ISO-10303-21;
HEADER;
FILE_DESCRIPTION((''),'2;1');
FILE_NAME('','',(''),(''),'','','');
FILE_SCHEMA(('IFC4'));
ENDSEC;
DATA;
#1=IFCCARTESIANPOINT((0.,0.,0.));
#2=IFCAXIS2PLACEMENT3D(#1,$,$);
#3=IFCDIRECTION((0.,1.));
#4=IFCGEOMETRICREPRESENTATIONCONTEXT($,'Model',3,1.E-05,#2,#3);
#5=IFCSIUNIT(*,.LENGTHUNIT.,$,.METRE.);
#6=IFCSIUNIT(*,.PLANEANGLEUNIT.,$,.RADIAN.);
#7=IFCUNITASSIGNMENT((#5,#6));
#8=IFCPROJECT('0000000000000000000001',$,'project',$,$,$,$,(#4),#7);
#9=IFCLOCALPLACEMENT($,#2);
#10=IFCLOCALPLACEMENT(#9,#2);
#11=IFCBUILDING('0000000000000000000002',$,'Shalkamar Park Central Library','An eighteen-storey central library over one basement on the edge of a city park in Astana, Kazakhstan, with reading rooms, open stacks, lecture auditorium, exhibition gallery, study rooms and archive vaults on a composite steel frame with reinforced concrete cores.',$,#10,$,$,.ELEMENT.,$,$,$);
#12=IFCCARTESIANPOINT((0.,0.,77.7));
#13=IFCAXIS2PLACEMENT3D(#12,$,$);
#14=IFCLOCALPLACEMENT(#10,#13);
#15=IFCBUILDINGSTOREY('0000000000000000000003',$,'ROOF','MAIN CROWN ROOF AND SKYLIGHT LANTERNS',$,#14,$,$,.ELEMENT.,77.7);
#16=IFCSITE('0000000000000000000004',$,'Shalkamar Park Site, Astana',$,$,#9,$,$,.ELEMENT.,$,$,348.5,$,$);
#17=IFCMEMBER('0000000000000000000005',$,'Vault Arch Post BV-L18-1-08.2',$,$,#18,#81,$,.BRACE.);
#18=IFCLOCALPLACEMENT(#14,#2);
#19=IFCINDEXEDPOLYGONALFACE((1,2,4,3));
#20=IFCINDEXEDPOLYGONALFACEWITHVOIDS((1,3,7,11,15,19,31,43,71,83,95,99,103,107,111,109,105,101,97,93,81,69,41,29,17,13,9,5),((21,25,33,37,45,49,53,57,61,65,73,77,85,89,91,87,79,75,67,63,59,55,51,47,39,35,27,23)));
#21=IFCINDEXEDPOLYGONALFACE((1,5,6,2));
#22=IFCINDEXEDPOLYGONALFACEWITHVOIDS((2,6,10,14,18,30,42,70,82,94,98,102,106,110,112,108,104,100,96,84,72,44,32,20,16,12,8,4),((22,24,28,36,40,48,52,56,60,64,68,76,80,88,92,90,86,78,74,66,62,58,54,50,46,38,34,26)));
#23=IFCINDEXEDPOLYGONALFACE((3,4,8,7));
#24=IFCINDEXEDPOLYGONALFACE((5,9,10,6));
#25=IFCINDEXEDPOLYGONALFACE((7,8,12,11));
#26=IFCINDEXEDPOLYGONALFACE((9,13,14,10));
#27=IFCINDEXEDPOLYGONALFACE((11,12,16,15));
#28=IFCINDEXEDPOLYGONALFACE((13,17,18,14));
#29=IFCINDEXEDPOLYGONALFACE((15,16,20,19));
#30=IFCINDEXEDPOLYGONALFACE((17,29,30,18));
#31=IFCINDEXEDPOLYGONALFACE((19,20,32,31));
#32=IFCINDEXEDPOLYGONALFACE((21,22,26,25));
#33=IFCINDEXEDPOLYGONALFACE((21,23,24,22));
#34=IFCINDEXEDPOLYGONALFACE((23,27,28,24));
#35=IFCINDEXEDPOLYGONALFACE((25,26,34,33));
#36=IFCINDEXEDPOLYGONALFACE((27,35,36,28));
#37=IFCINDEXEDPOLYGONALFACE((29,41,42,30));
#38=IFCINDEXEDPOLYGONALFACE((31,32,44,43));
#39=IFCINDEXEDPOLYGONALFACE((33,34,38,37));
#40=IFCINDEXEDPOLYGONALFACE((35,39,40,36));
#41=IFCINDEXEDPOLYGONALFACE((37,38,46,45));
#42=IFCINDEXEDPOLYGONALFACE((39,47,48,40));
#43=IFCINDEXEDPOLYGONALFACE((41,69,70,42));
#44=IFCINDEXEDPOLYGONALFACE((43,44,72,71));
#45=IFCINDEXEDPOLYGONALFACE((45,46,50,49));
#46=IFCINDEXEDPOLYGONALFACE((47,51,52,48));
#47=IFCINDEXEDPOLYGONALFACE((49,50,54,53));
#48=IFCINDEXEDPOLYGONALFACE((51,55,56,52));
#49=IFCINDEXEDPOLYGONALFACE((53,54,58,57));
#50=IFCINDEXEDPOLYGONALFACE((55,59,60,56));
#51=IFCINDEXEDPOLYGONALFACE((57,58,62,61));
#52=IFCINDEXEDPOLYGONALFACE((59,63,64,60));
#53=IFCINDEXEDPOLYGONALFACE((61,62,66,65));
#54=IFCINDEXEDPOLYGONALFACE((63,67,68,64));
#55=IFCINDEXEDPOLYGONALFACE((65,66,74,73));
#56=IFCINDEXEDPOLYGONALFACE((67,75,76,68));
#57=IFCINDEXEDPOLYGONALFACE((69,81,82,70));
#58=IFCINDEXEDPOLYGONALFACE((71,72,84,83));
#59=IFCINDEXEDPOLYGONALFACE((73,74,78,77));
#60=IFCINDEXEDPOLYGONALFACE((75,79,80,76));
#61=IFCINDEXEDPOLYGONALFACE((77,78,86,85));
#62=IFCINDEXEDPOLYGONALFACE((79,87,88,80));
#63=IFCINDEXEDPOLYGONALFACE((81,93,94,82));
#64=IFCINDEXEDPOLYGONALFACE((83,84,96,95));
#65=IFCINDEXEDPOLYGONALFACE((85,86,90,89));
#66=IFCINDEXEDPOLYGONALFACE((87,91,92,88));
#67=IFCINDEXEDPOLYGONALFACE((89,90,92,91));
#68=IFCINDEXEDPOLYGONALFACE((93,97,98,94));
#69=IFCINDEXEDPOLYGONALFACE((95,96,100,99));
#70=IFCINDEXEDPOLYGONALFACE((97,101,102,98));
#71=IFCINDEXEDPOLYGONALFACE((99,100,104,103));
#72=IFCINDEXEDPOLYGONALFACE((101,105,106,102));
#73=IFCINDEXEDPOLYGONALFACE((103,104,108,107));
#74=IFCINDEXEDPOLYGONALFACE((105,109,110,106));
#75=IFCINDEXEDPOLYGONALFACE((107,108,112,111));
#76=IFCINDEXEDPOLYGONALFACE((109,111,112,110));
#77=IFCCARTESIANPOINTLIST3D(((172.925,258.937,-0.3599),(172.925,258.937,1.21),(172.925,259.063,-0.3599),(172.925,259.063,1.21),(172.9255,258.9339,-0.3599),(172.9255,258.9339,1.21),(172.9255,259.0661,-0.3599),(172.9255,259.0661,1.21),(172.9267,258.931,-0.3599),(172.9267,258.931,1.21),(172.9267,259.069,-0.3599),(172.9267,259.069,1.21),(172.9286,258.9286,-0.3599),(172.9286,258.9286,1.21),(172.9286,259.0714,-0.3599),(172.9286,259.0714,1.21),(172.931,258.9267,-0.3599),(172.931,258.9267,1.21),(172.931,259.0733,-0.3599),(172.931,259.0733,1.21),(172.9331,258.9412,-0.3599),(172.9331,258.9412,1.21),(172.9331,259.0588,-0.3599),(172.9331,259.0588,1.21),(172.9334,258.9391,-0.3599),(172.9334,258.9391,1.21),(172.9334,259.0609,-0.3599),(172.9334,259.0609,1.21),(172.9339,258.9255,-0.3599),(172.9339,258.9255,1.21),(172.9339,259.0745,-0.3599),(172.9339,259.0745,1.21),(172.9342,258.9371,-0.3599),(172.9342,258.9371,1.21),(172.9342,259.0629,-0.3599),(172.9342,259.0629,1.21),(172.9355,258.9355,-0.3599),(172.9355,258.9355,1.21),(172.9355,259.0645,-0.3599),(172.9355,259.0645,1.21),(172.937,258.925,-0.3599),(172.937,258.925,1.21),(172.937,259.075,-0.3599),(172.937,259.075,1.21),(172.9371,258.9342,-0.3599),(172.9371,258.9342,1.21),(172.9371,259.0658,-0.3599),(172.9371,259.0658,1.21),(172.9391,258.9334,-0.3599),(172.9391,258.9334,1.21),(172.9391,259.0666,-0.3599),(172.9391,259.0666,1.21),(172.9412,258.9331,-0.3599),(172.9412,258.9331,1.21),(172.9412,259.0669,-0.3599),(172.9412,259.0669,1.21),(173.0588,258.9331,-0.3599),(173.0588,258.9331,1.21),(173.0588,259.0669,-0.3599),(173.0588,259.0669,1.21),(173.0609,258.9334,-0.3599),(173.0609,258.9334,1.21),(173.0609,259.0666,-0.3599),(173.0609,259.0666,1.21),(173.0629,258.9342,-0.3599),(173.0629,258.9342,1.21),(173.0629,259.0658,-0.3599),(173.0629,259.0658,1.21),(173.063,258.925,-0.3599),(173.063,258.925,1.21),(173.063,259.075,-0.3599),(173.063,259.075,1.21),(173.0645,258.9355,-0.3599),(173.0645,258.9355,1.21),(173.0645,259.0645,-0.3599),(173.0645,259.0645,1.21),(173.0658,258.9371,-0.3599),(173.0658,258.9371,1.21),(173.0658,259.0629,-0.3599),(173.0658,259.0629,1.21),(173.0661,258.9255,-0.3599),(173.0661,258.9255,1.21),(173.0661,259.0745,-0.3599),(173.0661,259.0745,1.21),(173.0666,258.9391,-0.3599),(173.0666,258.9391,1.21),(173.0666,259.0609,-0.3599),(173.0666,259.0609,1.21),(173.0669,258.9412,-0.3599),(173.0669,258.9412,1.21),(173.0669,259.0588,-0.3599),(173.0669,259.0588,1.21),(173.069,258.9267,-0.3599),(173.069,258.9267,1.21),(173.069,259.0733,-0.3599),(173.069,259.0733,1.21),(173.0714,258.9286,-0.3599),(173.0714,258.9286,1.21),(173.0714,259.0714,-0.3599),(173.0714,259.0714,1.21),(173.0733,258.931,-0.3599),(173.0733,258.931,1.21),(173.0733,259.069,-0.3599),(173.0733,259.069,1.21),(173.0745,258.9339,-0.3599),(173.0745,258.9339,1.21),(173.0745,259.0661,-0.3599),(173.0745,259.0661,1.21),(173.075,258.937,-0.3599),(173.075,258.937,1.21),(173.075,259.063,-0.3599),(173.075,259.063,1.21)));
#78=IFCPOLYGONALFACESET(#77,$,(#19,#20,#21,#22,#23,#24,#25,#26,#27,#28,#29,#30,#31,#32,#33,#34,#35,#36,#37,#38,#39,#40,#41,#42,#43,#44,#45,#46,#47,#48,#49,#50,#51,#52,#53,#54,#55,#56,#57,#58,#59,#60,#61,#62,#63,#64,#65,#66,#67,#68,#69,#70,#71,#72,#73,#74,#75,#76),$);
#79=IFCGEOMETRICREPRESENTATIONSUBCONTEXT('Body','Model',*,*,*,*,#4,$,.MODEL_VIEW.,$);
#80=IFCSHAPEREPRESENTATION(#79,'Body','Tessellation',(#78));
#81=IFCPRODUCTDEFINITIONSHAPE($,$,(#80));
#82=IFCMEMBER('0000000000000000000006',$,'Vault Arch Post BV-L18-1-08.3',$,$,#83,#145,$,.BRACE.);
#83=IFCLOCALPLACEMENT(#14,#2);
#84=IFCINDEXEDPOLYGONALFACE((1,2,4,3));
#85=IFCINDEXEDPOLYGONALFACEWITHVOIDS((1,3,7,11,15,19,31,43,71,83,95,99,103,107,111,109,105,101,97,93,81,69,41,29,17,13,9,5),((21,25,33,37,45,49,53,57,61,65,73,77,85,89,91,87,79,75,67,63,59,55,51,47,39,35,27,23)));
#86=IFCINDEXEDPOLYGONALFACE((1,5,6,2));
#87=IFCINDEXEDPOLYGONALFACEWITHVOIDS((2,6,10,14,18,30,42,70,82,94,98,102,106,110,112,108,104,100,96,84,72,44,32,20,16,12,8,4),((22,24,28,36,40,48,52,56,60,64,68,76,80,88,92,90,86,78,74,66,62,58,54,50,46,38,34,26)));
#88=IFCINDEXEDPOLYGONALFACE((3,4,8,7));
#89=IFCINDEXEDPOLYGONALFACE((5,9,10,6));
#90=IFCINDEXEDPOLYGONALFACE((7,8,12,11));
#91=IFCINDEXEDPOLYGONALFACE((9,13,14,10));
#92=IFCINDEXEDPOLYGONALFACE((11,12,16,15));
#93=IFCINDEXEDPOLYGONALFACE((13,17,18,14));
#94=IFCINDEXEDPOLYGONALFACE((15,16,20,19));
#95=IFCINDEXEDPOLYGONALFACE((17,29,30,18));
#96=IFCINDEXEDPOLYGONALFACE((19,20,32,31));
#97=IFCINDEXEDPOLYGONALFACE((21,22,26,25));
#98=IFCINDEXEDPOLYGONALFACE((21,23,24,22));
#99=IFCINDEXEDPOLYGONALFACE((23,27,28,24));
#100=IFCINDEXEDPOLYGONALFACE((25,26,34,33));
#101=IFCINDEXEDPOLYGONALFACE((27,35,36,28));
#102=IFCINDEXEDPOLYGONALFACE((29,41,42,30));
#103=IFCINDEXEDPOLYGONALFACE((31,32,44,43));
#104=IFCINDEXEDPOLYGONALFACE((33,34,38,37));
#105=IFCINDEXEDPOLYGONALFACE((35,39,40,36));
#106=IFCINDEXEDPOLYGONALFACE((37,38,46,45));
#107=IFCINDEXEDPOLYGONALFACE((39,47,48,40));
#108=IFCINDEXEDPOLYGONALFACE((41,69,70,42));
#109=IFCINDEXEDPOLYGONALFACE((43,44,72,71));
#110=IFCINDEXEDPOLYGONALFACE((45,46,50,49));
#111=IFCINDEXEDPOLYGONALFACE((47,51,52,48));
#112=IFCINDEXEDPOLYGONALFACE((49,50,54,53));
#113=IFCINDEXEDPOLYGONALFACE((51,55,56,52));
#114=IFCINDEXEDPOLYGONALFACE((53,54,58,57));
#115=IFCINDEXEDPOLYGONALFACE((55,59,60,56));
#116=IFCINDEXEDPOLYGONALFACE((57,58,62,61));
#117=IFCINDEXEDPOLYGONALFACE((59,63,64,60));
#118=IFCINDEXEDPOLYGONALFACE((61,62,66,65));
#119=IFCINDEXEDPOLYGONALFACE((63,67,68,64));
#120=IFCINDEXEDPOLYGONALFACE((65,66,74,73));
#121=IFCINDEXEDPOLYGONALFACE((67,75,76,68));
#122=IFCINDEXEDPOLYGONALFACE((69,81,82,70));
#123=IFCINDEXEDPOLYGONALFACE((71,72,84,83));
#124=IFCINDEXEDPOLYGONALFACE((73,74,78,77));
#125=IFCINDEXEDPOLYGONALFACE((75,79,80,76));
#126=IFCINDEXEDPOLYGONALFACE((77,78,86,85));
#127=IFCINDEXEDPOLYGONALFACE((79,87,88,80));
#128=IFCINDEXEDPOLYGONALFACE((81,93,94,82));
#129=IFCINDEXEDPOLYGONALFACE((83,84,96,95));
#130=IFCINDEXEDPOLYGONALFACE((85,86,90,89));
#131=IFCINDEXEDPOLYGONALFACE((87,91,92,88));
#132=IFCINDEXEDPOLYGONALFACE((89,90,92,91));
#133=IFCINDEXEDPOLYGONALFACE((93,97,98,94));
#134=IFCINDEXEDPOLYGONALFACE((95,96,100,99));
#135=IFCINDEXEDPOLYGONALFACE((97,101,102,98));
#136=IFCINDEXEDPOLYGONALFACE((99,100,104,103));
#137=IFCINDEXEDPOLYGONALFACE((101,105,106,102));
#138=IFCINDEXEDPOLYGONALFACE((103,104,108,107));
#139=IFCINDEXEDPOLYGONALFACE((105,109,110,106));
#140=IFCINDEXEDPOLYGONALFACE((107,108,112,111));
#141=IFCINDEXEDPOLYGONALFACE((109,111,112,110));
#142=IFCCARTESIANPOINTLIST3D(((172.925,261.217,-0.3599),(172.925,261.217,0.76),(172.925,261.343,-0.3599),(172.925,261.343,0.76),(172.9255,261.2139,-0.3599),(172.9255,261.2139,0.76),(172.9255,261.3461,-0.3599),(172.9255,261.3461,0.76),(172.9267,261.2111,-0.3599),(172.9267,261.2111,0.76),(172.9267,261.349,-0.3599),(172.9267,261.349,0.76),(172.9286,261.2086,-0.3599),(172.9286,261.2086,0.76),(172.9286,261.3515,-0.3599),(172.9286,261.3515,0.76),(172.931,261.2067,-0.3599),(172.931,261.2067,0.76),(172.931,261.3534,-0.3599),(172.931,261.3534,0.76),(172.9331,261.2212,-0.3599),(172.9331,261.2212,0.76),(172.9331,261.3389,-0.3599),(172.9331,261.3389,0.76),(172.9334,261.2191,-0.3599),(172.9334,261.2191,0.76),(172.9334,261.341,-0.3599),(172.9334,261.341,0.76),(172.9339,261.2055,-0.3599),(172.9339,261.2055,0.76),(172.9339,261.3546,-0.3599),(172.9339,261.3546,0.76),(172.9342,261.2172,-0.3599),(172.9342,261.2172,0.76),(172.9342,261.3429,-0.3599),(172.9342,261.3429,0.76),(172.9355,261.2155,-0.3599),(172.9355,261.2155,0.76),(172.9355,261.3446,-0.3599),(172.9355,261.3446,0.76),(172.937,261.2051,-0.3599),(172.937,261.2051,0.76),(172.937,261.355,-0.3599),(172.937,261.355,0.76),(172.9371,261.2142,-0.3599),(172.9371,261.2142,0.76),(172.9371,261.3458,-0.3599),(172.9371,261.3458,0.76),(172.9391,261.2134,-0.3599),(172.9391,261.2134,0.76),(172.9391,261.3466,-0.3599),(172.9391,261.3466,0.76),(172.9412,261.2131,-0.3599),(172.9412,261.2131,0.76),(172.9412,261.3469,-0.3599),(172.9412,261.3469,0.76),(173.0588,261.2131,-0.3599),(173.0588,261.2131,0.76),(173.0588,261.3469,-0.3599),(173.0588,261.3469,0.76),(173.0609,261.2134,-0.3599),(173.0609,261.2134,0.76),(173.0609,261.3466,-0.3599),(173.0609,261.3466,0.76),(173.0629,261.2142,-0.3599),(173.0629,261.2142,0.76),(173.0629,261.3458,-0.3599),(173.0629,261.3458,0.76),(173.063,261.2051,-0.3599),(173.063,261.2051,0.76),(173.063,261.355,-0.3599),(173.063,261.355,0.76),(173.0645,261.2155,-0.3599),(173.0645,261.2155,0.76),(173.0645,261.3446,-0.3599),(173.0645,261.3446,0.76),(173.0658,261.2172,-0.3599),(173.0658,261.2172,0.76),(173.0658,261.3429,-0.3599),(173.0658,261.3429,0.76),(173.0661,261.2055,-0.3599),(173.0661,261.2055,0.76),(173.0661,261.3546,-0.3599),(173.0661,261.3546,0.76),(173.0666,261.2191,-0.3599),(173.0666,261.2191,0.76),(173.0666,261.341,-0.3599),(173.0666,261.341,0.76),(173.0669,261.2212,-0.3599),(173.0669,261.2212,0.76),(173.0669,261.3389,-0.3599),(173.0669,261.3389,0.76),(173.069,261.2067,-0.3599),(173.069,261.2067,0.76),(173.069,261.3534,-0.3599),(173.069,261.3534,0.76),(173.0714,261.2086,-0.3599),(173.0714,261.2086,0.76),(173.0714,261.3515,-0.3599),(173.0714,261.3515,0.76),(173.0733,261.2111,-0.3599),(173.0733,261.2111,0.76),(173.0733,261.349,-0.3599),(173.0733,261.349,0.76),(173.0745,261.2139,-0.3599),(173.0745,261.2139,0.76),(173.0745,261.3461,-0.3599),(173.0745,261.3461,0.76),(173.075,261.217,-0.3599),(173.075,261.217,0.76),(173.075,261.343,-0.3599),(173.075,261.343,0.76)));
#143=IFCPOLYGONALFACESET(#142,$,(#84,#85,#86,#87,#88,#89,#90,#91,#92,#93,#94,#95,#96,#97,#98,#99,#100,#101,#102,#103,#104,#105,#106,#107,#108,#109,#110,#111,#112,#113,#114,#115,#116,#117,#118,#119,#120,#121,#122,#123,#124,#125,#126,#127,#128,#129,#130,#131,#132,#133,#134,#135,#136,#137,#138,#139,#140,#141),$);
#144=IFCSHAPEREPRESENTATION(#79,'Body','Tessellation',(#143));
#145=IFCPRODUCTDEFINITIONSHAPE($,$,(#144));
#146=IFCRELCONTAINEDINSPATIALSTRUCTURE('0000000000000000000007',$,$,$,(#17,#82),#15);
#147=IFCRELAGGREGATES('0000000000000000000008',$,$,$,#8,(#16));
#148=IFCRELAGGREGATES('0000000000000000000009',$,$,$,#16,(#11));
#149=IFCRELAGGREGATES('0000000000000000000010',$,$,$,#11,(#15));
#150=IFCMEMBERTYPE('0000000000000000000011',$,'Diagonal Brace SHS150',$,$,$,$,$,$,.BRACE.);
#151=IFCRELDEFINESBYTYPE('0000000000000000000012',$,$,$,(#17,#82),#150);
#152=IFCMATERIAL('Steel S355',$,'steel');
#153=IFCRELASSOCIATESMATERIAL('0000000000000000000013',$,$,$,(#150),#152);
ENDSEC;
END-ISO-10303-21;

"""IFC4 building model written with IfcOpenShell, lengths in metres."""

from ifc_helpers import new_model, si_unit, direction, frame, origin, origin_2d, place, context, subcontext, project, spatial, hollow_rectangle, extrude, material, material_profile, profile_set, type_object, element, save


model = new_model("IFC4")

# Units and contexts
model_context = context("Model", 3, precision=1e-05, world=origin(), true_north=direction((0.0, 1.0)))
body_context = subcontext(model_context, "Body", "Model", "MODEL_VIEW")
ifc_project = project(units=[si_unit("LENGTHUNIT", "METRE"), si_unit("PLANEANGLEUNIT", "RADIAN")], contexts=[model_context])

# Site, building, storey
site_placement = place(None, origin())
site = spatial("IfcSite", under=ifc_project, at=site_placement, Name="Shalkamar Park Site, Astana", CompositionType="ELEMENT", RefElevation=348.5)
building_placement = place(site_placement, origin())
building = spatial("IfcBuilding", under=site, at=building_placement, Name="Shalkamar Park Central Library", Description="An eighteen-storey central library over one basement on the edge of a city park in Astana, Kazakhstan, with reading rooms, open stacks, lecture auditorium, exhibition gallery, study rooms and archive vaults on a composite steel frame with reinforced concrete cores.", CompositionType="ELEMENT")
storey_placement = place(building_placement, frame((0.0, 0.0, 77.7)))
storey = spatial("IfcBuildingStorey", under=building, at=storey_placement, Name="ROOF", Description="MAIN CROWN ROOF AND SKYLIGHT LANTERNS", CompositionType="ELEMENT", Elevation=77.7)

# Members
ifc_material_1 = material(Name="Steel S355", Category="steel")
ifc_material_profile_1 = material_profile(ifc_material_1, hollow_rectangle(XDim=0.1499, YDim=0.1499, WallThickness=0.0081, InnerFilletRadius=0.0081, OuterFilletRadius=0.012, at=origin_2d()), Name="SHS 150x150x8")
ifc_profile_set_1 = profile_set([ifc_material_profile_1], Name="Steel S355")
member_type_1 = type_object("IfcMemberType", Name="Diagonal Brace SHS150", PredefinedType="BRACE", material=ifc_profile_set_1)
member_1_placement = place(storey_placement, frame((173.0, 259.0, -0.3599), z_axis=(0.0, 0.0, 1.0), x_axis=(1.0, 0.0, 0.0)))
element("IfcMember", 1, at=member_1_placement, inside=storey, type_object=member_type_1, Name="Vault Arch Post BV-L18-1-08.2", PredefinedType="BRACE", context=body_context, shape_type="SweptSolid", body=[
    extrude(hollow_rectangle(XDim=0.1499, YDim=0.1499, WallThickness=0.0081, InnerFilletRadius=0.0081, OuterFilletRadius=0.012, at=origin_2d()), origin(), (0.0, 0.0, 1.0), 1.5698),
])
member_2_placement = place(storey_placement, frame((173.0, 261.28, -0.3599), z_axis=(0.0, 0.0, 1.0), x_axis=(1.0, 0.0, 0.0)))
element("IfcMember", 2, at=member_2_placement, inside=storey, type_object=member_type_1, Name="Vault Arch Post BV-L18-1-08.3", PredefinedType="BRACE", context=body_context, shape_type="SweptSolid", body=[
    extrude(hollow_rectangle(XDim=0.1499, YDim=0.1499, WallThickness=0.0081, InnerFilletRadius=0.0081, OuterFilletRadius=0.012, at=origin_2d()), origin(), (0.0, 0.0, 1.0), 1.1199),
])

save(model, "model.ifc")
